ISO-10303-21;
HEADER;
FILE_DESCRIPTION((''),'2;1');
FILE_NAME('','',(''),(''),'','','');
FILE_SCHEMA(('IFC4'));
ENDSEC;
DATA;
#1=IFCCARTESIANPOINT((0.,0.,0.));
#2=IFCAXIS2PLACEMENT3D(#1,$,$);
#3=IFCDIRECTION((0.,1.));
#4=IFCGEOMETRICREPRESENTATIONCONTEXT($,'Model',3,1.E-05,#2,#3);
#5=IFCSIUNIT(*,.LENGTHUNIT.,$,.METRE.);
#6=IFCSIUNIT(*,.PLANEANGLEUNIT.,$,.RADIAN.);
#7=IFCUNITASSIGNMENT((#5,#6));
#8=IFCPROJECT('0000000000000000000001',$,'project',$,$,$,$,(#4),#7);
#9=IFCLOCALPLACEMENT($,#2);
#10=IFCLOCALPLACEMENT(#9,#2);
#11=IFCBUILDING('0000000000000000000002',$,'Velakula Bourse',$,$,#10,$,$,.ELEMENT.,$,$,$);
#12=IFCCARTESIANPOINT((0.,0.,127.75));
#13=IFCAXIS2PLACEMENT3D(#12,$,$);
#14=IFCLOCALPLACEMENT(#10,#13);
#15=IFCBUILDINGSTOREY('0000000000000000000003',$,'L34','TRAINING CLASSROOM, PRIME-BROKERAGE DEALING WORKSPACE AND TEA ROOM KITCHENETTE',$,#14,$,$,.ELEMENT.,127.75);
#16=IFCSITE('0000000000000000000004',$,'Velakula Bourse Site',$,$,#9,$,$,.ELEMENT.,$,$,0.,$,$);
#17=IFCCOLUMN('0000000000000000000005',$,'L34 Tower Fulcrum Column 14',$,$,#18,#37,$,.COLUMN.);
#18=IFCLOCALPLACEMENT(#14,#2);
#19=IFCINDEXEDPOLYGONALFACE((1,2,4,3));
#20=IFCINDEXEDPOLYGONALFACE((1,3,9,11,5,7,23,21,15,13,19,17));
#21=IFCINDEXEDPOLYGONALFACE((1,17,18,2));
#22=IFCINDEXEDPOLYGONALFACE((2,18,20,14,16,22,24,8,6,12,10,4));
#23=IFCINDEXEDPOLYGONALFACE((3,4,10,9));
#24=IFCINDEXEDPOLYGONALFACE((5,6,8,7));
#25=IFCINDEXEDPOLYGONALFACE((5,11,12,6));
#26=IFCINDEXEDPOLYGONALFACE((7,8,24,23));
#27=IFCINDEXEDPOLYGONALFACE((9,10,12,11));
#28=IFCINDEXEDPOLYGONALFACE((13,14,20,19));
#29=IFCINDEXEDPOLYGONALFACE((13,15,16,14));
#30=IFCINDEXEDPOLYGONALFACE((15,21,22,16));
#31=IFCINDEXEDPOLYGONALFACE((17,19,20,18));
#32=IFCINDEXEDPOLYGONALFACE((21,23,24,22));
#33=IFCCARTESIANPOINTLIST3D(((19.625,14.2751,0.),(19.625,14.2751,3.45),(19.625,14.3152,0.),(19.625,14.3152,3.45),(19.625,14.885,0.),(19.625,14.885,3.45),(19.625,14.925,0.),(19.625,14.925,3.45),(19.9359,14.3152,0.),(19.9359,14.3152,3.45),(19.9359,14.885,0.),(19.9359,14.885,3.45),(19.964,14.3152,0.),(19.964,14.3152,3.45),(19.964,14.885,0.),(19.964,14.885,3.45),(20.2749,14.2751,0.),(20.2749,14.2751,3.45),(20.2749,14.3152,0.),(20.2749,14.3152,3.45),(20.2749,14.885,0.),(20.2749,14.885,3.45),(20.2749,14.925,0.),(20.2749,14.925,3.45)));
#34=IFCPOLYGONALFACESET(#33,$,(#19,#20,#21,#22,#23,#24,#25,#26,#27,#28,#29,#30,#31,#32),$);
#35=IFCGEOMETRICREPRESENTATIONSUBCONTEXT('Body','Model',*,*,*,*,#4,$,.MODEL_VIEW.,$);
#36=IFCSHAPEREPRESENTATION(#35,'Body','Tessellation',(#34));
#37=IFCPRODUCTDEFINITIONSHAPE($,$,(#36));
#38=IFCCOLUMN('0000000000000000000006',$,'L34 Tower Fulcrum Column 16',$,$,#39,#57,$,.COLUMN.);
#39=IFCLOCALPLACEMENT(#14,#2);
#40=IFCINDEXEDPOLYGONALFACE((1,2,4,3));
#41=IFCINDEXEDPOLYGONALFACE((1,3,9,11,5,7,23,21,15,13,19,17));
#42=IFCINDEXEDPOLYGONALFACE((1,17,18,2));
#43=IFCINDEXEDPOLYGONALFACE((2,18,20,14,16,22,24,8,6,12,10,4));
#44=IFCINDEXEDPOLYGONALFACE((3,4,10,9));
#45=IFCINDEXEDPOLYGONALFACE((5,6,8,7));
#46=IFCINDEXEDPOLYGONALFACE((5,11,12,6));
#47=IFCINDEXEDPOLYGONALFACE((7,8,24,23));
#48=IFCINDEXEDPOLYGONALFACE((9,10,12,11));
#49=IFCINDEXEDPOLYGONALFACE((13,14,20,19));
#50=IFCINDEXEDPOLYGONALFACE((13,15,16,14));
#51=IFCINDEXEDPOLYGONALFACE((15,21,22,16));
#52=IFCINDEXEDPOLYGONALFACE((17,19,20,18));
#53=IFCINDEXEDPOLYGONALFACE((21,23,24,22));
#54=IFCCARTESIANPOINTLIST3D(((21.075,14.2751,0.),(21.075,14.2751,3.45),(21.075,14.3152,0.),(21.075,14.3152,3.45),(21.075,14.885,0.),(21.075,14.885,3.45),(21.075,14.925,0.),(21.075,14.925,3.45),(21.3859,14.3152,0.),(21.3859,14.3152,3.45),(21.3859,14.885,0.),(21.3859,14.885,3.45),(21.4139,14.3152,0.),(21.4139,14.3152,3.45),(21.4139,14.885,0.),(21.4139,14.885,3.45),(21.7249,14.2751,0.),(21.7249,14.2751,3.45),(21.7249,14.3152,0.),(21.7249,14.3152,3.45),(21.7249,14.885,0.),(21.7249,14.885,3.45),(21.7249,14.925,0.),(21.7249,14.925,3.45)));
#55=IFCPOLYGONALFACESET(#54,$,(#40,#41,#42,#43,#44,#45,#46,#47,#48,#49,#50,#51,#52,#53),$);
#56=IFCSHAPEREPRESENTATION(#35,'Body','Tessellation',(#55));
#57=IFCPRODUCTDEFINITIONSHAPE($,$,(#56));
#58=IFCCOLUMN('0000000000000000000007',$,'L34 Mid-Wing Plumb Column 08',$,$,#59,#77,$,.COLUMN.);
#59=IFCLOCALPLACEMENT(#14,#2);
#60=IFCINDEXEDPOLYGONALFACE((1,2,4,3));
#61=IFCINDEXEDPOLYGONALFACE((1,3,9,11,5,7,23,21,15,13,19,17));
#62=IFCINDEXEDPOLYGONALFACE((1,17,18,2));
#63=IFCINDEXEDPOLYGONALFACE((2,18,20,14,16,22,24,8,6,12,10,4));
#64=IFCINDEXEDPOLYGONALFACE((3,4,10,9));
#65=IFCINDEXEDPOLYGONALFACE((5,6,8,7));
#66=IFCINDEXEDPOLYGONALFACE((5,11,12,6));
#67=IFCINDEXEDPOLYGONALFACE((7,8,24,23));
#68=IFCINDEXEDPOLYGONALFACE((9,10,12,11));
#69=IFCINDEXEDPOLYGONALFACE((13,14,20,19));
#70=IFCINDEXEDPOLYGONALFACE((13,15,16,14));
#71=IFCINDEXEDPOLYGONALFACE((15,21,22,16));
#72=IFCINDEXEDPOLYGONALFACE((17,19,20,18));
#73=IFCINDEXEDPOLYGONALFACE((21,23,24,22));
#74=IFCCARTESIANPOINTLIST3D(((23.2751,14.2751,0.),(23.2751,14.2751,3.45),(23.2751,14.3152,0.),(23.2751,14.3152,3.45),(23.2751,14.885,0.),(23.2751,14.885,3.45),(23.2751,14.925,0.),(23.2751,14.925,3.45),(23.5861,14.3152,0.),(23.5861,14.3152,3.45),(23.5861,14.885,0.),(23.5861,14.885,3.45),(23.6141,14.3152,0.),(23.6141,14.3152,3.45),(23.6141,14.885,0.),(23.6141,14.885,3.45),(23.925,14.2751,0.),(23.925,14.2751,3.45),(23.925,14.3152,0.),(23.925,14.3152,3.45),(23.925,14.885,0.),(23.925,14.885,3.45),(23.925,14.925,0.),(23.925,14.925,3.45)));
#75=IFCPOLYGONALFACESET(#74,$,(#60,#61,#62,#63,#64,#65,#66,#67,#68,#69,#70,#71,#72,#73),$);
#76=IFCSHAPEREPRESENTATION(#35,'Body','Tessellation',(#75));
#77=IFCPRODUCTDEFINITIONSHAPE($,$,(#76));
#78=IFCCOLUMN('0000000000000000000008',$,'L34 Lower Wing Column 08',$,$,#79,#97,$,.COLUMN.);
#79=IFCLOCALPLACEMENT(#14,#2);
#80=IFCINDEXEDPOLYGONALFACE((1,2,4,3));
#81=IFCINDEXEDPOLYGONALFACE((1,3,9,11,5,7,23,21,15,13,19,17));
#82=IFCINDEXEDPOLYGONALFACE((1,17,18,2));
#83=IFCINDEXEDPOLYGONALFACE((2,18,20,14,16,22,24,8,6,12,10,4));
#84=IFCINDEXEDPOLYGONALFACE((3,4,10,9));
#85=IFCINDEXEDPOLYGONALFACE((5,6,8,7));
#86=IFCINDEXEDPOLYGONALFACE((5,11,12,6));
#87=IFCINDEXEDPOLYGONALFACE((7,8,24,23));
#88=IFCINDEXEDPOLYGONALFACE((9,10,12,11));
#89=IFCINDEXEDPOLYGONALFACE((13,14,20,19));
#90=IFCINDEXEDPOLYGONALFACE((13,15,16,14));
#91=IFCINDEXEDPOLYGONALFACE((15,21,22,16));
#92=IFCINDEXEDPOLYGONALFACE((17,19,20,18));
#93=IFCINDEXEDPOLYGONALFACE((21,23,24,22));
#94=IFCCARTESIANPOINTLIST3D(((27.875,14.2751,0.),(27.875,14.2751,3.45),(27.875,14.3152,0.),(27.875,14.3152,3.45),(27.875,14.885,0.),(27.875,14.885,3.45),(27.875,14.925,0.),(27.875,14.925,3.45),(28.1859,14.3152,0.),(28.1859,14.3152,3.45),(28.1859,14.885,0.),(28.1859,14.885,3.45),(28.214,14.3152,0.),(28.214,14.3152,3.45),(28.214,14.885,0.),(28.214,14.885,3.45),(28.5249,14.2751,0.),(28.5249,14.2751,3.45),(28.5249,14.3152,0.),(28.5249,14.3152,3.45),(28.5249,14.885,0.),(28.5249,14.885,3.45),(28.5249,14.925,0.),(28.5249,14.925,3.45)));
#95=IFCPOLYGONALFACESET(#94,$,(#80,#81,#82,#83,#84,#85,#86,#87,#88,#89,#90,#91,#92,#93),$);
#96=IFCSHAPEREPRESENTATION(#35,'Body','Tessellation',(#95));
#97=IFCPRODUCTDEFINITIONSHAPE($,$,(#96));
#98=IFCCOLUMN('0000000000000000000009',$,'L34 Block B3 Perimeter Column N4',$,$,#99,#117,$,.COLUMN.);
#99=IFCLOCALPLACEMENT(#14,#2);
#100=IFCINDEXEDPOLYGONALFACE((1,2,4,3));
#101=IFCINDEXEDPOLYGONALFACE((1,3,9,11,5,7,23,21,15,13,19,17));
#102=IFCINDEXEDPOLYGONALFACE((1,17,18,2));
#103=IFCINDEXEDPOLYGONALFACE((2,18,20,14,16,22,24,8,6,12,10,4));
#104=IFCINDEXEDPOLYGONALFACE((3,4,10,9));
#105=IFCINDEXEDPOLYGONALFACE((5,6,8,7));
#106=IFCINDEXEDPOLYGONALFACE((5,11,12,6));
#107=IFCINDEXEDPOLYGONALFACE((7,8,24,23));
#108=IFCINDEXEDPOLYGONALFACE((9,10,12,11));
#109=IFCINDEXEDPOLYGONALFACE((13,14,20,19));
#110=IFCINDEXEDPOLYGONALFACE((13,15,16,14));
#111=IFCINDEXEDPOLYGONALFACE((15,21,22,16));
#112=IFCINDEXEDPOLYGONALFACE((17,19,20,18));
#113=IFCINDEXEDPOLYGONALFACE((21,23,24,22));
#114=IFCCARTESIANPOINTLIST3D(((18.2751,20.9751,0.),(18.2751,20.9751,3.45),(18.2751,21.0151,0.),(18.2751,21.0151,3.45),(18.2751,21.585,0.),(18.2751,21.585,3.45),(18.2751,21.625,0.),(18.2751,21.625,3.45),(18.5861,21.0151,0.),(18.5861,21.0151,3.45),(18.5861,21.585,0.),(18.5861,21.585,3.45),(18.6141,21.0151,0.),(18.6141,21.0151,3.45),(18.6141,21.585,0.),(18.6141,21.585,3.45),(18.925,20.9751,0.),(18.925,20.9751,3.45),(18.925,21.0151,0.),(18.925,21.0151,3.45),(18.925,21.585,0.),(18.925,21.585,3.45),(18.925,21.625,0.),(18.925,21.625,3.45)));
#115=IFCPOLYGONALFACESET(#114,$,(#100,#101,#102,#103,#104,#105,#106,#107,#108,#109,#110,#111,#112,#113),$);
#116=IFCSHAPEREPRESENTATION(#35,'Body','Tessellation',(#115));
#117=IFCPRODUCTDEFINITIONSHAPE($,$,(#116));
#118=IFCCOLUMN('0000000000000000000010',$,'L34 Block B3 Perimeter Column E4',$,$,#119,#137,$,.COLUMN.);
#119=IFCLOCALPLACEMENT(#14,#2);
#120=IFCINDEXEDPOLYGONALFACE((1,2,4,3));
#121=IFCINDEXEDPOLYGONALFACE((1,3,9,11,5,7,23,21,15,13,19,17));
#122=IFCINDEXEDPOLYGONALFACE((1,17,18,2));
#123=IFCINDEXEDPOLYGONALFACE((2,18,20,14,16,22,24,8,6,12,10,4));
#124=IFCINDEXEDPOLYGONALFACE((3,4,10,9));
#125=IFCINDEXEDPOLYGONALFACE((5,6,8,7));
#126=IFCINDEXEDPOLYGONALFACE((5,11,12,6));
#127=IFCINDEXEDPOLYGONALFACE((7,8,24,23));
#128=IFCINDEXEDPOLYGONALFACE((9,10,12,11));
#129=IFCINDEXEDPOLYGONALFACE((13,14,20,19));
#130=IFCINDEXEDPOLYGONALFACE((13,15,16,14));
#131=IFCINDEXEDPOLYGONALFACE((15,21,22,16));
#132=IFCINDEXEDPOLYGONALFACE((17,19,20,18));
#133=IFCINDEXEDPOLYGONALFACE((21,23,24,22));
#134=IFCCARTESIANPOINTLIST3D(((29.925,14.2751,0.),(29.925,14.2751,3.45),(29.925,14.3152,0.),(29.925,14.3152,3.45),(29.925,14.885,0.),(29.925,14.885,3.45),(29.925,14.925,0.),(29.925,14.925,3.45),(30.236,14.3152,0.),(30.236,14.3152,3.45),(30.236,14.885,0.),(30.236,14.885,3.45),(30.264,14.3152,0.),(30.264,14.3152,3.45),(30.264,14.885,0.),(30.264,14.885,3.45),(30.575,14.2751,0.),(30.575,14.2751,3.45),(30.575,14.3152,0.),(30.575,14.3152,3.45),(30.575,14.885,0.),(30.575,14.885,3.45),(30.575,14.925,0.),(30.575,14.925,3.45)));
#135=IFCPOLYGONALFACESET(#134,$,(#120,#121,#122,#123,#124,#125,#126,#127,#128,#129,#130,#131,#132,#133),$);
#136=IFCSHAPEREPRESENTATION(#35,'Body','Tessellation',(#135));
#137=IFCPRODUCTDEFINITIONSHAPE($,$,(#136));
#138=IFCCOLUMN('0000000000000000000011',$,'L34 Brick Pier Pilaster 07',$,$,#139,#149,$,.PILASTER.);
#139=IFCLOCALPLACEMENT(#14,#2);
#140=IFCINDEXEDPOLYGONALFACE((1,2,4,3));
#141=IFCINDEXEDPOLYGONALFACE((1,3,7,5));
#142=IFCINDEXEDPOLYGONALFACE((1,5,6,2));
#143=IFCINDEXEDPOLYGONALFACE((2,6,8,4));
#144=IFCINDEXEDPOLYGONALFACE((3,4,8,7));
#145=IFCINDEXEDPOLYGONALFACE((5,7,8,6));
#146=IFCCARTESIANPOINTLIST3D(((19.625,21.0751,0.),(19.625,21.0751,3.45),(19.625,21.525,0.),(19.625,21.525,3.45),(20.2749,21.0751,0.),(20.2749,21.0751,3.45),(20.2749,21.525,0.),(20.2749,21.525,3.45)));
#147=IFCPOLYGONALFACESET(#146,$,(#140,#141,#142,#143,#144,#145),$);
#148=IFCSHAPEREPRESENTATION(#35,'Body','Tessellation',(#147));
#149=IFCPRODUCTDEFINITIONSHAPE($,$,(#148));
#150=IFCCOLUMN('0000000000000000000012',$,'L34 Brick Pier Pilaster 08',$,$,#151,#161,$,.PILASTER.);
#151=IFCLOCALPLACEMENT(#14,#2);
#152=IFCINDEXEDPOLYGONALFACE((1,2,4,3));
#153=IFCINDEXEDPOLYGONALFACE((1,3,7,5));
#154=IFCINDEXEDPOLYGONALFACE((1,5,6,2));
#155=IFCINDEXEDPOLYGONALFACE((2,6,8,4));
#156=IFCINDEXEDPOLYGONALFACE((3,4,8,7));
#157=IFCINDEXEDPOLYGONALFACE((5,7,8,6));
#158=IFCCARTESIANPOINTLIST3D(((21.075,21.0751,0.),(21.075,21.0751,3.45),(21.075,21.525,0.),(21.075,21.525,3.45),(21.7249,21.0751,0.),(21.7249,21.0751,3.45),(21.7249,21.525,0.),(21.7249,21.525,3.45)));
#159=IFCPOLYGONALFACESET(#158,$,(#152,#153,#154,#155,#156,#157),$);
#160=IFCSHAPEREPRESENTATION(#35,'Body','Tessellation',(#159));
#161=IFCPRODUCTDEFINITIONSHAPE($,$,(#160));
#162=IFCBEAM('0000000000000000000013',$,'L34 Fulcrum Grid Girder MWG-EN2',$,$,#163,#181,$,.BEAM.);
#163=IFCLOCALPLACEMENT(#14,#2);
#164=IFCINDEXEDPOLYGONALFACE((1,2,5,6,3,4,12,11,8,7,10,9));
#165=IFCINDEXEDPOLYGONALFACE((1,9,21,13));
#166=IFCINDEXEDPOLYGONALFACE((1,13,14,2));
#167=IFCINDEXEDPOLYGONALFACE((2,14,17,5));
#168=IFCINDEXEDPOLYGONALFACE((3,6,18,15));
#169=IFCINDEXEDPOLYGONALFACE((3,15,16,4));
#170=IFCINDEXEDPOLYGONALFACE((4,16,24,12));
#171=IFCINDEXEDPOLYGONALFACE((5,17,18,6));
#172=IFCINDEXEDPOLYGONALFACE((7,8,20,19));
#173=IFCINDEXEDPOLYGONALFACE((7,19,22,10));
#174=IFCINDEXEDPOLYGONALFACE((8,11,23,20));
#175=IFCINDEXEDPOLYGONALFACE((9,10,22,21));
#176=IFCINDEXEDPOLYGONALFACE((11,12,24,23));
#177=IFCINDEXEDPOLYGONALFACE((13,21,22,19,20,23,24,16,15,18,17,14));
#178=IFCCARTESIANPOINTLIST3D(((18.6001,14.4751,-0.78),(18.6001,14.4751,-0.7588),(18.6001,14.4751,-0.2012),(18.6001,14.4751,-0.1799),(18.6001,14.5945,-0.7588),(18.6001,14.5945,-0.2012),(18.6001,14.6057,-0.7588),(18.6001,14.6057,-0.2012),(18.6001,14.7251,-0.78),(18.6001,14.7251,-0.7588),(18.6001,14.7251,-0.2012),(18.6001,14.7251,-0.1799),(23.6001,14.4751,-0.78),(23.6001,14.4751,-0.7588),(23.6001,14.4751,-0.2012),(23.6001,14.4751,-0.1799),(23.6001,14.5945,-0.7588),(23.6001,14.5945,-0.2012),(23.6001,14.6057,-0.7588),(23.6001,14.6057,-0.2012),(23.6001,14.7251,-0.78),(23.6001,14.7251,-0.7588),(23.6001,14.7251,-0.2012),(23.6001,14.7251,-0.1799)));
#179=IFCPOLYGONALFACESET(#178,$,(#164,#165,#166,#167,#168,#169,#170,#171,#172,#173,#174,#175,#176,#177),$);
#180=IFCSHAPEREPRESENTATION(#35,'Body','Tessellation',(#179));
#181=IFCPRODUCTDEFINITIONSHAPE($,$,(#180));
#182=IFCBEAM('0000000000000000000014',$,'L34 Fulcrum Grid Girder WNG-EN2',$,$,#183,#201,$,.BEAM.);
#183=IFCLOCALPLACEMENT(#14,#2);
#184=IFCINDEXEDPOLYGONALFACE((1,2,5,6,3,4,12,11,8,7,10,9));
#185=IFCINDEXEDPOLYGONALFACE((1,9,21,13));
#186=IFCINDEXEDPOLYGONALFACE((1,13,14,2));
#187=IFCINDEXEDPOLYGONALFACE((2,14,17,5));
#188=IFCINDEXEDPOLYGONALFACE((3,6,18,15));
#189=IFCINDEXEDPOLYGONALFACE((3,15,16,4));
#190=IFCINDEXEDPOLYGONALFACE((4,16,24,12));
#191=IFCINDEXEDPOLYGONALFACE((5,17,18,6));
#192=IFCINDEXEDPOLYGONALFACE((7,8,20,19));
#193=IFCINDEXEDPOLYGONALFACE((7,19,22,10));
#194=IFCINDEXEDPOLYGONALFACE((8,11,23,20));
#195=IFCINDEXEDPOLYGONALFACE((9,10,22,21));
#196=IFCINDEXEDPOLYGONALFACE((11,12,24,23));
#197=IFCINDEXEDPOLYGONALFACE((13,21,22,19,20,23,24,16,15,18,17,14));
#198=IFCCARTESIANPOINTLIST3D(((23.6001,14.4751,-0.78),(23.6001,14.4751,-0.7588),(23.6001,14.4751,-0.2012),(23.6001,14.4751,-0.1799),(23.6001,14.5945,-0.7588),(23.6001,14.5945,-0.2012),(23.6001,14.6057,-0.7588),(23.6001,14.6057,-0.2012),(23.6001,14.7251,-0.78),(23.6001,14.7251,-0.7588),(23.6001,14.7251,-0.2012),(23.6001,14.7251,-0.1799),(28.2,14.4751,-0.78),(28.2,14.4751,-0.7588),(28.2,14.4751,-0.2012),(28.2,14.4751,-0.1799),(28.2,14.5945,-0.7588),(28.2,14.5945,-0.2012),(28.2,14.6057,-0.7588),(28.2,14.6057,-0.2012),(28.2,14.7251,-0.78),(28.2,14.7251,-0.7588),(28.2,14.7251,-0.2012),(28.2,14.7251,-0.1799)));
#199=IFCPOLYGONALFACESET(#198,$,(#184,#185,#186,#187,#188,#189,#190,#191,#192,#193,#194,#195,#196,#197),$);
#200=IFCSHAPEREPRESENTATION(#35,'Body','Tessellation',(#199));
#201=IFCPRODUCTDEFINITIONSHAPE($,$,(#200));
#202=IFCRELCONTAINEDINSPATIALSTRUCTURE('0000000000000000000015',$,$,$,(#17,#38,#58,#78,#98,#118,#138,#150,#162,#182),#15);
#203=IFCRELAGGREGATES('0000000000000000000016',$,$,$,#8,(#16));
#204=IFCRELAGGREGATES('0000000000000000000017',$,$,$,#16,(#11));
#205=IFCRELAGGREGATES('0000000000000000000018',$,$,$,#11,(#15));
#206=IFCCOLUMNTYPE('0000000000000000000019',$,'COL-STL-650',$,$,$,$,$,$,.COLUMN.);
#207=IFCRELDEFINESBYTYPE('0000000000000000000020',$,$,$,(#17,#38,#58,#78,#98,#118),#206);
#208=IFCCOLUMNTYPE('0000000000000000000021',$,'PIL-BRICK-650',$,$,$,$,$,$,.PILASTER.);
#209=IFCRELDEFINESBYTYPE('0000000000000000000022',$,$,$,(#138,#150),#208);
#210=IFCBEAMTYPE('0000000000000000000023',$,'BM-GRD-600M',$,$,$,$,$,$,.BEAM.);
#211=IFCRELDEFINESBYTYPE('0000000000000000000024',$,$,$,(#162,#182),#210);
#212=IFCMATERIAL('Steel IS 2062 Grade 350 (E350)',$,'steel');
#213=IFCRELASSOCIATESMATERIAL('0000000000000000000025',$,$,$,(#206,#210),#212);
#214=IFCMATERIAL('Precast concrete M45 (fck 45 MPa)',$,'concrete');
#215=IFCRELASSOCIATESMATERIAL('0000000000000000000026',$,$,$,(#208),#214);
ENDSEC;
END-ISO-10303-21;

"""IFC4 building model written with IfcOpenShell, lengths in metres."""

from ifc_helpers import new_model, si_unit, direction, frame, origin, origin_2d, place, context, subcontext, project, spatial, rectangle, i_section, extrude, material, material_profile, profile_set, type_object, element, save


model = new_model("IFC4")

# Units and contexts
model_context = context("Model", 3, precision=1e-05, world=origin(), true_north=direction((0.0, 1.0)))
body_context = subcontext(model_context, "Body", "Model", "MODEL_VIEW")
ifc_project = project(units=[si_unit("LENGTHUNIT", "METRE"), si_unit("PLANEANGLEUNIT", "RADIAN")], contexts=[model_context])

# Site, building, storey
site_placement = place(None, origin())
site = spatial("IfcSite", under=ifc_project, at=site_placement, Name="Velakula Bourse Site", CompositionType="ELEMENT", RefElevation=0.0)
building_placement = place(site_placement, origin())
building = spatial("IfcBuilding", under=site, at=building_placement, Name="Velakula Bourse", CompositionType="ELEMENT")
storey_placement = place(building_placement, frame((0.0, 0.0, 127.75)))
storey = spatial("IfcBuildingStorey", under=building, at=storey_placement, Name="L34", Description="TRAINING CLASSROOM, PRIME-BROKERAGE DEALING WORKSPACE AND TEA ROOM KITCHENETTE", CompositionType="ELEMENT", Elevation=127.75)

# Columns
ifc_material_1 = material(Name="Steel IS 2062 Grade 350 (E350)", Category="steel")
ifc_material_profile_1 = material_profile(ifc_material_1, i_section(OverallWidth=0.6499, OverallDepth=0.6499, WebThickness=0.0281, FlangeThickness=0.04, at=origin_2d()), Name="Steel IS 2062 Grade 350 (E350)")
ifc_profile_set_1 = profile_set([ifc_material_profile_1], Name="Steel IS 2062 Grade 350 (E350)")
column_type_1 = type_object("IfcColumnType", Name="COL-STL-650", PredefinedType="COLUMN", material=ifc_profile_set_1)
for number, where, z_axis, x_axis, name in (
    (1, (19.95, 14.6001, 0.0), (0.0, 0.0, 1.0), (1.0, 0.0, 0.0), "L34 Tower Fulcrum Column 14"),
    (2, (21.3999, 14.6001, 0.0), (0.0, 0.0, 1.0), (1.0, 0.0, 0.0), "L34 Tower Fulcrum Column 16"),
    (3, (23.6001, 14.6001, 0.0), (0.0, 0.0, 1.0), (1.0, 0.0, 0.0), "L34 Mid-Wing Plumb Column 08"),
    (4, (28.2, 14.6001, 0.0), (0.0, 0.0, 1.0), (1.0, 0.0, 0.0), "L34 Lower Wing Column 08"),
    (5, (18.6001, 21.3, 0.0), (0.0, 0.0, 1.0), (1.0, 0.0, 0.0), "L34 Block B3 Perimeter Column N4"),
    (6, (30.25, 14.6001, 0.0), (0.0, 0.0, 1.0), (1.0, 0.0, 0.0), "L34 Block B3 Perimeter Column E4"),
):
    element("IfcColumn", number, at=place(storey_placement, frame(where, z_axis=z_axis, x_axis=x_axis)), inside=storey, type_object=column_type_1, Name=name, PredefinedType="COLUMN", context=body_context, shape_type="SweptSolid", body=[
        extrude(i_section(OverallWidth=0.6499, OverallDepth=0.6499, WebThickness=0.0281, FlangeThickness=0.04, at=origin_2d()), origin(), (0.0, 0.0, 1.0), 3.45),
    ])
ifc_material_2 = material(Name="Precast concrete M45 (fck 45 MPa)", Category="concrete")
ifc_material_profile_2 = material_profile(ifc_material_2, rectangle(XDim=0.6499, YDim=0.45, at=origin_2d()), Name="Precast concrete M45 (fck 45 MPa)")
ifc_profile_set_2 = profile_set([ifc_material_profile_2], Name="Precast concrete M45 (fck 45 MPa)")
column_type_2 = type_object("IfcColumnType", Name="PIL-BRICK-650", PredefinedType="PILASTER", material=ifc_profile_set_2)
for number, where, z_axis, x_axis, name in (
    (7, (19.95, 21.3, 0.0), (0.0, 0.0, 1.0), (1.0, 0.0, 0.0), "L34 Brick Pier Pilaster 07"),
    (8, (21.3999, 21.3, 0.0), (0.0, 0.0, 1.0), (1.0, 0.0, 0.0), "L34 Brick Pier Pilaster 08"),
):
    element("IfcColumn", number, at=place(storey_placement, frame(where, z_axis=z_axis, x_axis=x_axis)), inside=storey, type_object=column_type_2, Name=name, PredefinedType="PILASTER", context=body_context, shape_type="SweptSolid", body=[
        extrude(rectangle(XDim=0.6499, YDim=0.45, at=origin_2d()), origin(), (0.0, 0.0, 1.0), 3.45),
    ])

# Beams
ifc_material_profile_3 = material_profile(ifc_material_1, i_section(OverallWidth=0.25, OverallDepth=0.6001, WebThickness=0.0112, FlangeThickness=0.0212, at=origin_2d()), Name="Steel IS 2062 Grade 350 (E350)")
ifc_profile_set_3 = profile_set([ifc_material_profile_3], Name="Steel IS 2062 Grade 350 (E350)")
beam_type_1 = type_object("IfcBeamType", Name="BM-GRD-600M", PredefinedType="BEAM", material=ifc_profile_set_3)
beam_1_placement = place(storey_placement, frame((18.6001, 14.6001, -0.48), z_axis=(1.0, 0.0, 0.0), x_axis=(0.0, 1.0, 0.0)))
element("IfcBeam", 9, at=beam_1_placement, inside=storey, type_object=beam_type_1, Name="L34 Fulcrum Grid Girder MWG-EN2", PredefinedType="BEAM", context=body_context, shape_type="SweptSolid", body=[
    extrude(i_section(OverallWidth=0.25, OverallDepth=0.6001, WebThickness=0.0112, FlangeThickness=0.0212, at=origin_2d()), origin(), (0.0, 0.0, 1.0), 5.0),
])
beam_2_placement = place(storey_placement, frame((23.6001, 14.6001, -0.48), z_axis=(1.0, 0.0, 0.0), x_axis=(0.0, 1.0, 0.0)))
element("IfcBeam", 10, at=beam_2_placement, inside=storey, type_object=beam_type_1, Name="L34 Fulcrum Grid Girder WNG-EN2", PredefinedType="BEAM", context=body_context, shape_type="SweptSolid", body=[
    extrude(i_section(OverallWidth=0.25, OverallDepth=0.6001, WebThickness=0.0112, FlangeThickness=0.0212, at=origin_2d()), origin(), (0.0, 0.0, 1.0), 4.5999),
])

save(model, "model.ifc")
